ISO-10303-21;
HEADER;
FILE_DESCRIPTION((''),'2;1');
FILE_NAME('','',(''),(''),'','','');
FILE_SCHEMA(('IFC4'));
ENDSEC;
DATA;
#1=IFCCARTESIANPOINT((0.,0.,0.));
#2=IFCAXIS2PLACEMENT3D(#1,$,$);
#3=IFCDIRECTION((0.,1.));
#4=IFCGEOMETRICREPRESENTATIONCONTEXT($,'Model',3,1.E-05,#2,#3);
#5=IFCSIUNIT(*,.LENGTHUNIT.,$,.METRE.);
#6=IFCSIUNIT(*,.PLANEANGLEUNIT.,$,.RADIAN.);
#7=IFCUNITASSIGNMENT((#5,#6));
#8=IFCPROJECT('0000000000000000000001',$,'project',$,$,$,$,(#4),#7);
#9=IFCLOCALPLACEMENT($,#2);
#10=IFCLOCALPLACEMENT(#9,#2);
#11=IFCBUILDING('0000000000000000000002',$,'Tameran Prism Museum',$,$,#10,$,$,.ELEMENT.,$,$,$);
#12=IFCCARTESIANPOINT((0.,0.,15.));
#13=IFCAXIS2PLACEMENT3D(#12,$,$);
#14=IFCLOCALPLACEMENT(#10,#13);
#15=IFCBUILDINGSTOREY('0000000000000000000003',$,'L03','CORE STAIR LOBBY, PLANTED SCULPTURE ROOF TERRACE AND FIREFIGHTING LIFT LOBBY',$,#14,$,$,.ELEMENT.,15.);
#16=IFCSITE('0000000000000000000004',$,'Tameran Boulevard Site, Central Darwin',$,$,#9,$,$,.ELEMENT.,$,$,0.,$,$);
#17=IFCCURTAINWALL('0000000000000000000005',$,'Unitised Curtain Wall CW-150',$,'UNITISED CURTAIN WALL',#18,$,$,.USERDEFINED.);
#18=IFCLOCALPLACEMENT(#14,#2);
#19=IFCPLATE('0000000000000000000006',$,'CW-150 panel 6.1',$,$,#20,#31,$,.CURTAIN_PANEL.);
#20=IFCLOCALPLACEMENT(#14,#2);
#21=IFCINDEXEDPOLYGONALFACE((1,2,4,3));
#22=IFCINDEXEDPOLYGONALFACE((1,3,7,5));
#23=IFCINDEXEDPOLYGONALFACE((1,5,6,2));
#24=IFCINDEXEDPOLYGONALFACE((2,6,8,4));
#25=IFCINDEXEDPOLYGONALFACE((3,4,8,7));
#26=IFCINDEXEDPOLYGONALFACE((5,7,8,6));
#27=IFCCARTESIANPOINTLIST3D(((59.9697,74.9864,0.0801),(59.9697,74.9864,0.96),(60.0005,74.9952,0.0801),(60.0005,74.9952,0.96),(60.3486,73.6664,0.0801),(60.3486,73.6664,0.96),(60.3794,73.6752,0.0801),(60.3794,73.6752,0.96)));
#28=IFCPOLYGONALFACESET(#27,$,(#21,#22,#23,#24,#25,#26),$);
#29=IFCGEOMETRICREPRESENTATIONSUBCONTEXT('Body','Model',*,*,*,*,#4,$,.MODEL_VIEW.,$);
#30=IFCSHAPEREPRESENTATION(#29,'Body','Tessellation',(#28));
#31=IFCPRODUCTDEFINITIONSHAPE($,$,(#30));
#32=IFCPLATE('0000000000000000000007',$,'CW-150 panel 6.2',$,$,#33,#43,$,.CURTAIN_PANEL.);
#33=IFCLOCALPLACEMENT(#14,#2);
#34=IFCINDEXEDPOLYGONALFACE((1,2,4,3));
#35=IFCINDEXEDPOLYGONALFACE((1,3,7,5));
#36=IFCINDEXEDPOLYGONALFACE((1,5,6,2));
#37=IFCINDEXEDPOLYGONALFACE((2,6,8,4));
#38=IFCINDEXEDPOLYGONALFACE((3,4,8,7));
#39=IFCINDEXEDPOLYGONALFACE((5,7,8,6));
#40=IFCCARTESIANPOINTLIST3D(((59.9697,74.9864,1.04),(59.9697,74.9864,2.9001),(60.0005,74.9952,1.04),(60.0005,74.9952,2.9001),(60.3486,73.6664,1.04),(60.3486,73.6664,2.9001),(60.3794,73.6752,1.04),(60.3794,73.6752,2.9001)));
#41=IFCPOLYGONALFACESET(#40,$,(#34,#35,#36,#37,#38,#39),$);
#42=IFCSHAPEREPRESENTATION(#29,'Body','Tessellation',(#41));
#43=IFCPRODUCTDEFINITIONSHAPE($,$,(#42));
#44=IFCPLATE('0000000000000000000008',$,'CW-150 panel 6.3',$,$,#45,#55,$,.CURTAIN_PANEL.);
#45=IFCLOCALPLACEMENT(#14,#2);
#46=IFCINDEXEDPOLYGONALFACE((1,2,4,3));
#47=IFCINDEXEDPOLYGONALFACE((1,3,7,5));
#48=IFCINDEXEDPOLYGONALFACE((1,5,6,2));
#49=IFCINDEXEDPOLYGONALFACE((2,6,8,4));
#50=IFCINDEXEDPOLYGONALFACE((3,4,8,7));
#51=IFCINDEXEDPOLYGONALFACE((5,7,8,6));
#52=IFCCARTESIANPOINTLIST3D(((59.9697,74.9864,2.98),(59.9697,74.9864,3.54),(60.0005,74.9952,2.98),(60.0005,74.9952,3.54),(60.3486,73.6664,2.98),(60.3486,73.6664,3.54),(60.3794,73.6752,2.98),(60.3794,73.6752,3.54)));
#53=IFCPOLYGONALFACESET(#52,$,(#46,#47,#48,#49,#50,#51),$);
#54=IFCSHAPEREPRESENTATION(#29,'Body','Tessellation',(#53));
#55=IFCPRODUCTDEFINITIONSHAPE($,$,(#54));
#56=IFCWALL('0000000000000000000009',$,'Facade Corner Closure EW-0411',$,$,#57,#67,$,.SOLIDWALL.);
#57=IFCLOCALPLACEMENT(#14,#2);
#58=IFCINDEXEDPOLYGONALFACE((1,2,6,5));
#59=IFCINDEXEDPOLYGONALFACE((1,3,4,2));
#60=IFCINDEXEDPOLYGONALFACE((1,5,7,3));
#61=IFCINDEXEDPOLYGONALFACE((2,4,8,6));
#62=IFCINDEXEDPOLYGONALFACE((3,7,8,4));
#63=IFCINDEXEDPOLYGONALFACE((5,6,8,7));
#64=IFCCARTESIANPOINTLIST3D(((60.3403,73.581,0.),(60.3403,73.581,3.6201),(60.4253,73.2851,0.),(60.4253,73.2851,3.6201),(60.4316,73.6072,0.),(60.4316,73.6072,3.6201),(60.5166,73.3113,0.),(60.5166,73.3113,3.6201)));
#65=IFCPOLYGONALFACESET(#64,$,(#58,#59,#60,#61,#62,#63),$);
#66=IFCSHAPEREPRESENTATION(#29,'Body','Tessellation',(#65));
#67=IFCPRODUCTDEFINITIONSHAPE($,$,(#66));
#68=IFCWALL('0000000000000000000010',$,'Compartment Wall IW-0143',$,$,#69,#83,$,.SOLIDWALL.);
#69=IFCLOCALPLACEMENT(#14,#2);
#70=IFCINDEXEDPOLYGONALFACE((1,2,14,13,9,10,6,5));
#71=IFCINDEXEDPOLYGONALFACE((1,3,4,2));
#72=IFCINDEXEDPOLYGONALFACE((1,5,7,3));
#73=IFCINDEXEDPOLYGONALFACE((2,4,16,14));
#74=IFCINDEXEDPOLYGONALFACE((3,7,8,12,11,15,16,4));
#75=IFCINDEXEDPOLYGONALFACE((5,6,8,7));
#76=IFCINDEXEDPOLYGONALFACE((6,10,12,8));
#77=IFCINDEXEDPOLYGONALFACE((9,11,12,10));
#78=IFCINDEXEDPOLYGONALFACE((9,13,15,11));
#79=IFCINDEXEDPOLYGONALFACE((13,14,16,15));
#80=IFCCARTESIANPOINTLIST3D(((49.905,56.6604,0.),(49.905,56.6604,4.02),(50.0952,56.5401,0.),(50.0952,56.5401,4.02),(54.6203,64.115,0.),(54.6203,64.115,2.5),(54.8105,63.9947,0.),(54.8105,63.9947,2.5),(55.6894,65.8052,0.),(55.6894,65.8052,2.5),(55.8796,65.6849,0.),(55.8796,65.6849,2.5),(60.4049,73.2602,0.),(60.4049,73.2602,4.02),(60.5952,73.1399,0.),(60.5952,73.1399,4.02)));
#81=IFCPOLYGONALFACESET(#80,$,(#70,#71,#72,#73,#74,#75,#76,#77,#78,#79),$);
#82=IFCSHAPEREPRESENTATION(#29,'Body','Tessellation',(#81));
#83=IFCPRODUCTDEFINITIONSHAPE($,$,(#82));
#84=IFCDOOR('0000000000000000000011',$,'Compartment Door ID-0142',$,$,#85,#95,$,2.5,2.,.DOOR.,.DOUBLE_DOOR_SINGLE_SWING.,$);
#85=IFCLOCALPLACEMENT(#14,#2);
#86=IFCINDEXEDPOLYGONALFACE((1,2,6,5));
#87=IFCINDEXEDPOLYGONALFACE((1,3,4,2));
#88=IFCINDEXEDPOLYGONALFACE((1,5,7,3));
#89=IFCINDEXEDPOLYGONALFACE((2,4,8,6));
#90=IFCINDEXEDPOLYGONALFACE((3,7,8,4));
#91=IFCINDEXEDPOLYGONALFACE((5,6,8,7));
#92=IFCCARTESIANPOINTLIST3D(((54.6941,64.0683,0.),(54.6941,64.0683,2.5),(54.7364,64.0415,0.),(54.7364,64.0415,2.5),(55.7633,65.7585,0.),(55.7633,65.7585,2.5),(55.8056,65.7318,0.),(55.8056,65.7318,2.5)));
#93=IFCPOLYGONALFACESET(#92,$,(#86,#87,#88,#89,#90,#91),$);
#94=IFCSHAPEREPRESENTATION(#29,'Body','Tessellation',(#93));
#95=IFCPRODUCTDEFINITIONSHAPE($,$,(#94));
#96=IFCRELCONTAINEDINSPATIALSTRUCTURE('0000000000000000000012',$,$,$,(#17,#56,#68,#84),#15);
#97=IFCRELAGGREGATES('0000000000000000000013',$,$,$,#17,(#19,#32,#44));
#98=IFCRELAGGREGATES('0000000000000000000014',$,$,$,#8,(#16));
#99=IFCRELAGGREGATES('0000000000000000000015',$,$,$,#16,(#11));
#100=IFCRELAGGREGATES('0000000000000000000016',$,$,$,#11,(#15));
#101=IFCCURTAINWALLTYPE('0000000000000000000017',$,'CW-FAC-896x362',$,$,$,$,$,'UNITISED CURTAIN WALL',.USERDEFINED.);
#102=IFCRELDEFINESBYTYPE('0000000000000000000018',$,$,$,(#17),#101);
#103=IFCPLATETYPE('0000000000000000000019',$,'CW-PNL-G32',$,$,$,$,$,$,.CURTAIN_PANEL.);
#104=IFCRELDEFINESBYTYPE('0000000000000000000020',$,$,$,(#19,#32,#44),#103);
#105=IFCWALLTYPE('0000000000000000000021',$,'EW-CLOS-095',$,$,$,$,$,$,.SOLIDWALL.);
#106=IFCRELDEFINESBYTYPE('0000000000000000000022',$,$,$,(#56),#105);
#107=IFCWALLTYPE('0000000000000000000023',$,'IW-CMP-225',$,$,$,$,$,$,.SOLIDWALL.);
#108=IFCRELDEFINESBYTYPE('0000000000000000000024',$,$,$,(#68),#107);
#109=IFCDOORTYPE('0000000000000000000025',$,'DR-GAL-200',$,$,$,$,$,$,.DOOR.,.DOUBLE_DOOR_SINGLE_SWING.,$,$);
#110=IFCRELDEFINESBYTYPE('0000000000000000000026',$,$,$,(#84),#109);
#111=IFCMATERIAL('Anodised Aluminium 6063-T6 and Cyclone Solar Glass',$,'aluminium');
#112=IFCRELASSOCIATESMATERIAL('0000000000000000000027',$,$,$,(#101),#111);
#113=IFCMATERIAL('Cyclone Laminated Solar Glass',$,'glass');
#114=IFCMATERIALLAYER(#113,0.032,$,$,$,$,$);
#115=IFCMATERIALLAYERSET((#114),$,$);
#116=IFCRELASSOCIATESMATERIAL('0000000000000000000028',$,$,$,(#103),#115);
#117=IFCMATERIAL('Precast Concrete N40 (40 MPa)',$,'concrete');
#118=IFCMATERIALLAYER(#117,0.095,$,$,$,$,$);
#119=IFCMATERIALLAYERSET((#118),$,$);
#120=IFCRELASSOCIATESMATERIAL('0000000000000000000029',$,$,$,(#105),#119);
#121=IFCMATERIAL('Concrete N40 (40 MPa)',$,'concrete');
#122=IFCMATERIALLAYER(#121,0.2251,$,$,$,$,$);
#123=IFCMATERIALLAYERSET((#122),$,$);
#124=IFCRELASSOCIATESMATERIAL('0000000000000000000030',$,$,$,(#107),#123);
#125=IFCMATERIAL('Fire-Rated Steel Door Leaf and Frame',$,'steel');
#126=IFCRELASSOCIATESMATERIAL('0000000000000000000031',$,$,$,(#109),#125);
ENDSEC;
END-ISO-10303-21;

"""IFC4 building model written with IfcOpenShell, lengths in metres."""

from ifc_helpers import new_model, si_unit, direction, frame, frame_2d, origin, origin_2d, place, context, subcontext, project, spatial, rectangle, extrude, material, layer, layer_set, type_object, element, fill, aggregate, save


model = new_model("IFC4")

# Units and contexts
model_context = context("Model", 3, precision=1e-05, world=origin(), true_north=direction((0.0, 1.0)))
body_context = subcontext(model_context, "Body", "Model", "MODEL_VIEW")
ifc_project = project(units=[si_unit("LENGTHUNIT", "METRE"), si_unit("PLANEANGLEUNIT", "RADIAN")], contexts=[model_context])

# Site, building, storey
site_placement = place(None, origin())
site = spatial("IfcSite", under=ifc_project, at=site_placement, Name="Tameran Boulevard Site, Central Darwin", CompositionType="ELEMENT", RefElevation=0.0)
building_placement = place(site_placement, origin())
building = spatial("IfcBuilding", under=site, at=building_placement, Name="Tameran Prism Museum", CompositionType="ELEMENT")
storey_placement = place(building_placement, frame((0.0, 0.0, 15.0)))
storey = spatial("IfcBuildingStorey", under=building, at=storey_placement, Name="L03", Description="CORE STAIR LOBBY, PLANTED SCULPTURE ROOF TERRACE AND FIREFIGHTING LIFT LOBBY", CompositionType="ELEMENT", Elevation=15.0)

# Curtain wall, plates
ifc_material_1 = material(Name="Anodised Aluminium 6063-T6 and Cyclone Solar Glass", Category="aluminium")
curtain_wall_type = type_object("IfcCurtainWallType", Name="CW-FAC-896x362", ElementType="UNITISED CURTAIN WALL", PredefinedType="USERDEFINED", material=ifc_material_1)
curtain_wall_placement = place(storey_placement, origin())
curtain_wall = element("IfcCurtainWall", 1, at=curtain_wall_placement, inside=storey, type_object=curtain_wall_type, Name="Unitised Curtain Wall CW-150", ObjectType="UNITISED CURTAIN WALL", PredefinedType="USERDEFINED")
ifc_material_2 = material(Name="Cyclone Laminated Solar Glass", Category="glass")
ifc_layer_1 = layer(ifc_material_2, 0.032)
ifc_layer_set_1 = layer_set([ifc_layer_1])
plate_type = type_object("IfcPlateType", Name="CW-PNL-G32", PredefinedType="CURTAIN_PANEL", material=ifc_layer_set_1)
plate_1_placement = place(storey_placement, frame((60.1746, 74.3308, 0.0801), z_axis=(0.0, 0.0, 1.0), x_axis=(0.2759, -0.961186, 0.0)))
plate_1 = element("IfcPlate", 2, at=plate_1_placement, type_object=plate_type, Name="CW-150 panel 6.1", PredefinedType="CURTAIN_PANEL", context=body_context, shape_type="SweptSolid", body=[
    extrude(rectangle(XDim=1.3733, YDim=0.032, at=origin_2d()), origin(), (0.0, 0.0, 1.0), 0.8799),
])
plate_2_placement = place(storey_placement, frame((60.1746, 74.3308, 1.04), z_axis=(0.0, 0.0, 1.0), x_axis=(0.2759, -0.961186, 0.0)))
plate_2 = element("IfcPlate", 3, at=plate_2_placement, type_object=plate_type, Name="CW-150 panel 6.2", PredefinedType="CURTAIN_PANEL", context=body_context, shape_type="SweptSolid", body=[
    extrude(rectangle(XDim=1.3733, YDim=0.032, at=origin_2d()), origin(), (0.0, 0.0, 1.0), 1.8601),
])
plate_3_placement = place(storey_placement, frame((60.1746, 74.3308, 2.98), z_axis=(0.0, 0.0, 1.0), x_axis=(0.2759, -0.961186, 0.0)))
plate_3 = element("IfcPlate", 4, at=plate_3_placement, type_object=plate_type, Name="CW-150 panel 6.3", PredefinedType="CURTAIN_PANEL", context=body_context, shape_type="SweptSolid", body=[
    extrude(rectangle(XDim=1.3733, YDim=0.032, at=origin_2d()), origin(), (0.0, 0.0, 1.0), 0.5601),
])
aggregate(curtain_wall, [plate_1, plate_2, plate_3])

# Wall
ifc_material_3 = material(Name="Precast Concrete N40 (40 MPa)", Category="concrete")
ifc_layer_2 = layer(ifc_material_3, 0.095)
ifc_layer_set_2 = layer_set([ifc_layer_2])
wall_type_1 = type_object("IfcWallType", Name="EW-CLOS-095", PredefinedType="SOLIDWALL", material=ifc_layer_set_2)
wall_1_placement = place(storey_placement, frame((60.386, 73.594, 0.0), z_axis=(0.0, 0.0, 1.0), x_axis=(0.275978, -0.961164, 0.0)))
element("IfcWall", 5, at=wall_1_placement, inside=storey, type_object=wall_type_1, Name="Facade Corner Closure EW-0411", PredefinedType="SOLIDWALL", context=body_context, shape_type="SweptSolid", body=[
    extrude(rectangle(XDim=0.3079, YDim=0.095, at=frame_2d((0.1538, 0.0))), origin(), (0.0, 0.0, 1.0), 3.6201),
])

# Wall, opening, door
ifc_material_4 = material(Name="Concrete N40 (40 MPa)", Category="concrete")
ifc_layer_3 = layer(ifc_material_4, 0.2251)
ifc_layer_set_3 = layer_set([ifc_layer_3])
wall_type_2 = type_object("IfcWallType", Name="IW-CMP-225", PredefinedType="SOLIDWALL", material=ifc_layer_set_3)
wall_2_placement = place(storey_placement, frame((60.5, 73.2, 0.0), z_axis=(0.0, 0.0, 1.0), x_axis=(-0.534571, -0.845124, 0.0)))
wall_2 = element("IfcWall", 6, at=wall_2_placement, inside=storey, type_object=wall_type_2, Name="Compartment Wall IW-0143", PredefinedType="SOLIDWALL", context=body_context, shape_type="SweptSolid", body=[
    extrude(rectangle(XDim=19.6418, YDim=0.2251, at=frame_2d((9.8208, 0.0))), origin(), (0.0, 0.0, 1.0), 4.02),
])
opening_placement = place(wall_2_placement, frame((8.821, 0.0, 0.0)))
opening = element("IfcOpeningElement", 7, at=opening_placement, cuts=wall_2, PredefinedType="OPENING", context=body_context, shape_type="SweptSolid", body=[
    extrude(rectangle(XDim=2.0, YDim=2.5, at=frame_2d((1.0, 1.25))), frame((0.0, 0.1226, 0.0), z_axis=(0.0, -1.0, 0.0), x_axis=(1.0, 0.0, 0.0)), (0.0, 0.0, 1.0), 0.2451),
])
ifc_material_5 = material(Name="Fire-Rated Steel Door Leaf and Frame", Category="steel")
door_type = type_object("IfcDoorType", Name="DR-GAL-200", OperationType="DOUBLE_DOOR_SINGLE_SWING", PredefinedType="DOOR", material=ifc_material_5)
door_placement = place(opening_placement, origin())
door = element("IfcDoor", 8, at=door_placement, inside=storey, type_object=door_type, Name="Compartment Door ID-0142", OperationType="DOUBLE_DOOR_SINGLE_SWING", OverallHeight=2.5, OverallWidth=2.0, PredefinedType="DOOR", context=body_context, shape_type="SweptSolid", body=[
    extrude(rectangle(XDim=2.0, YDim=2.5, at=frame_2d((1.0, 1.25))), frame((0.0, 0.0249, 0.0), z_axis=(0.0, -1.0, 0.0), x_axis=(1.0, 0.0, 0.0)), (0.0, 0.0, 1.0), 0.05),
])
fill(opening, door)

save(model, "model.ifc")
